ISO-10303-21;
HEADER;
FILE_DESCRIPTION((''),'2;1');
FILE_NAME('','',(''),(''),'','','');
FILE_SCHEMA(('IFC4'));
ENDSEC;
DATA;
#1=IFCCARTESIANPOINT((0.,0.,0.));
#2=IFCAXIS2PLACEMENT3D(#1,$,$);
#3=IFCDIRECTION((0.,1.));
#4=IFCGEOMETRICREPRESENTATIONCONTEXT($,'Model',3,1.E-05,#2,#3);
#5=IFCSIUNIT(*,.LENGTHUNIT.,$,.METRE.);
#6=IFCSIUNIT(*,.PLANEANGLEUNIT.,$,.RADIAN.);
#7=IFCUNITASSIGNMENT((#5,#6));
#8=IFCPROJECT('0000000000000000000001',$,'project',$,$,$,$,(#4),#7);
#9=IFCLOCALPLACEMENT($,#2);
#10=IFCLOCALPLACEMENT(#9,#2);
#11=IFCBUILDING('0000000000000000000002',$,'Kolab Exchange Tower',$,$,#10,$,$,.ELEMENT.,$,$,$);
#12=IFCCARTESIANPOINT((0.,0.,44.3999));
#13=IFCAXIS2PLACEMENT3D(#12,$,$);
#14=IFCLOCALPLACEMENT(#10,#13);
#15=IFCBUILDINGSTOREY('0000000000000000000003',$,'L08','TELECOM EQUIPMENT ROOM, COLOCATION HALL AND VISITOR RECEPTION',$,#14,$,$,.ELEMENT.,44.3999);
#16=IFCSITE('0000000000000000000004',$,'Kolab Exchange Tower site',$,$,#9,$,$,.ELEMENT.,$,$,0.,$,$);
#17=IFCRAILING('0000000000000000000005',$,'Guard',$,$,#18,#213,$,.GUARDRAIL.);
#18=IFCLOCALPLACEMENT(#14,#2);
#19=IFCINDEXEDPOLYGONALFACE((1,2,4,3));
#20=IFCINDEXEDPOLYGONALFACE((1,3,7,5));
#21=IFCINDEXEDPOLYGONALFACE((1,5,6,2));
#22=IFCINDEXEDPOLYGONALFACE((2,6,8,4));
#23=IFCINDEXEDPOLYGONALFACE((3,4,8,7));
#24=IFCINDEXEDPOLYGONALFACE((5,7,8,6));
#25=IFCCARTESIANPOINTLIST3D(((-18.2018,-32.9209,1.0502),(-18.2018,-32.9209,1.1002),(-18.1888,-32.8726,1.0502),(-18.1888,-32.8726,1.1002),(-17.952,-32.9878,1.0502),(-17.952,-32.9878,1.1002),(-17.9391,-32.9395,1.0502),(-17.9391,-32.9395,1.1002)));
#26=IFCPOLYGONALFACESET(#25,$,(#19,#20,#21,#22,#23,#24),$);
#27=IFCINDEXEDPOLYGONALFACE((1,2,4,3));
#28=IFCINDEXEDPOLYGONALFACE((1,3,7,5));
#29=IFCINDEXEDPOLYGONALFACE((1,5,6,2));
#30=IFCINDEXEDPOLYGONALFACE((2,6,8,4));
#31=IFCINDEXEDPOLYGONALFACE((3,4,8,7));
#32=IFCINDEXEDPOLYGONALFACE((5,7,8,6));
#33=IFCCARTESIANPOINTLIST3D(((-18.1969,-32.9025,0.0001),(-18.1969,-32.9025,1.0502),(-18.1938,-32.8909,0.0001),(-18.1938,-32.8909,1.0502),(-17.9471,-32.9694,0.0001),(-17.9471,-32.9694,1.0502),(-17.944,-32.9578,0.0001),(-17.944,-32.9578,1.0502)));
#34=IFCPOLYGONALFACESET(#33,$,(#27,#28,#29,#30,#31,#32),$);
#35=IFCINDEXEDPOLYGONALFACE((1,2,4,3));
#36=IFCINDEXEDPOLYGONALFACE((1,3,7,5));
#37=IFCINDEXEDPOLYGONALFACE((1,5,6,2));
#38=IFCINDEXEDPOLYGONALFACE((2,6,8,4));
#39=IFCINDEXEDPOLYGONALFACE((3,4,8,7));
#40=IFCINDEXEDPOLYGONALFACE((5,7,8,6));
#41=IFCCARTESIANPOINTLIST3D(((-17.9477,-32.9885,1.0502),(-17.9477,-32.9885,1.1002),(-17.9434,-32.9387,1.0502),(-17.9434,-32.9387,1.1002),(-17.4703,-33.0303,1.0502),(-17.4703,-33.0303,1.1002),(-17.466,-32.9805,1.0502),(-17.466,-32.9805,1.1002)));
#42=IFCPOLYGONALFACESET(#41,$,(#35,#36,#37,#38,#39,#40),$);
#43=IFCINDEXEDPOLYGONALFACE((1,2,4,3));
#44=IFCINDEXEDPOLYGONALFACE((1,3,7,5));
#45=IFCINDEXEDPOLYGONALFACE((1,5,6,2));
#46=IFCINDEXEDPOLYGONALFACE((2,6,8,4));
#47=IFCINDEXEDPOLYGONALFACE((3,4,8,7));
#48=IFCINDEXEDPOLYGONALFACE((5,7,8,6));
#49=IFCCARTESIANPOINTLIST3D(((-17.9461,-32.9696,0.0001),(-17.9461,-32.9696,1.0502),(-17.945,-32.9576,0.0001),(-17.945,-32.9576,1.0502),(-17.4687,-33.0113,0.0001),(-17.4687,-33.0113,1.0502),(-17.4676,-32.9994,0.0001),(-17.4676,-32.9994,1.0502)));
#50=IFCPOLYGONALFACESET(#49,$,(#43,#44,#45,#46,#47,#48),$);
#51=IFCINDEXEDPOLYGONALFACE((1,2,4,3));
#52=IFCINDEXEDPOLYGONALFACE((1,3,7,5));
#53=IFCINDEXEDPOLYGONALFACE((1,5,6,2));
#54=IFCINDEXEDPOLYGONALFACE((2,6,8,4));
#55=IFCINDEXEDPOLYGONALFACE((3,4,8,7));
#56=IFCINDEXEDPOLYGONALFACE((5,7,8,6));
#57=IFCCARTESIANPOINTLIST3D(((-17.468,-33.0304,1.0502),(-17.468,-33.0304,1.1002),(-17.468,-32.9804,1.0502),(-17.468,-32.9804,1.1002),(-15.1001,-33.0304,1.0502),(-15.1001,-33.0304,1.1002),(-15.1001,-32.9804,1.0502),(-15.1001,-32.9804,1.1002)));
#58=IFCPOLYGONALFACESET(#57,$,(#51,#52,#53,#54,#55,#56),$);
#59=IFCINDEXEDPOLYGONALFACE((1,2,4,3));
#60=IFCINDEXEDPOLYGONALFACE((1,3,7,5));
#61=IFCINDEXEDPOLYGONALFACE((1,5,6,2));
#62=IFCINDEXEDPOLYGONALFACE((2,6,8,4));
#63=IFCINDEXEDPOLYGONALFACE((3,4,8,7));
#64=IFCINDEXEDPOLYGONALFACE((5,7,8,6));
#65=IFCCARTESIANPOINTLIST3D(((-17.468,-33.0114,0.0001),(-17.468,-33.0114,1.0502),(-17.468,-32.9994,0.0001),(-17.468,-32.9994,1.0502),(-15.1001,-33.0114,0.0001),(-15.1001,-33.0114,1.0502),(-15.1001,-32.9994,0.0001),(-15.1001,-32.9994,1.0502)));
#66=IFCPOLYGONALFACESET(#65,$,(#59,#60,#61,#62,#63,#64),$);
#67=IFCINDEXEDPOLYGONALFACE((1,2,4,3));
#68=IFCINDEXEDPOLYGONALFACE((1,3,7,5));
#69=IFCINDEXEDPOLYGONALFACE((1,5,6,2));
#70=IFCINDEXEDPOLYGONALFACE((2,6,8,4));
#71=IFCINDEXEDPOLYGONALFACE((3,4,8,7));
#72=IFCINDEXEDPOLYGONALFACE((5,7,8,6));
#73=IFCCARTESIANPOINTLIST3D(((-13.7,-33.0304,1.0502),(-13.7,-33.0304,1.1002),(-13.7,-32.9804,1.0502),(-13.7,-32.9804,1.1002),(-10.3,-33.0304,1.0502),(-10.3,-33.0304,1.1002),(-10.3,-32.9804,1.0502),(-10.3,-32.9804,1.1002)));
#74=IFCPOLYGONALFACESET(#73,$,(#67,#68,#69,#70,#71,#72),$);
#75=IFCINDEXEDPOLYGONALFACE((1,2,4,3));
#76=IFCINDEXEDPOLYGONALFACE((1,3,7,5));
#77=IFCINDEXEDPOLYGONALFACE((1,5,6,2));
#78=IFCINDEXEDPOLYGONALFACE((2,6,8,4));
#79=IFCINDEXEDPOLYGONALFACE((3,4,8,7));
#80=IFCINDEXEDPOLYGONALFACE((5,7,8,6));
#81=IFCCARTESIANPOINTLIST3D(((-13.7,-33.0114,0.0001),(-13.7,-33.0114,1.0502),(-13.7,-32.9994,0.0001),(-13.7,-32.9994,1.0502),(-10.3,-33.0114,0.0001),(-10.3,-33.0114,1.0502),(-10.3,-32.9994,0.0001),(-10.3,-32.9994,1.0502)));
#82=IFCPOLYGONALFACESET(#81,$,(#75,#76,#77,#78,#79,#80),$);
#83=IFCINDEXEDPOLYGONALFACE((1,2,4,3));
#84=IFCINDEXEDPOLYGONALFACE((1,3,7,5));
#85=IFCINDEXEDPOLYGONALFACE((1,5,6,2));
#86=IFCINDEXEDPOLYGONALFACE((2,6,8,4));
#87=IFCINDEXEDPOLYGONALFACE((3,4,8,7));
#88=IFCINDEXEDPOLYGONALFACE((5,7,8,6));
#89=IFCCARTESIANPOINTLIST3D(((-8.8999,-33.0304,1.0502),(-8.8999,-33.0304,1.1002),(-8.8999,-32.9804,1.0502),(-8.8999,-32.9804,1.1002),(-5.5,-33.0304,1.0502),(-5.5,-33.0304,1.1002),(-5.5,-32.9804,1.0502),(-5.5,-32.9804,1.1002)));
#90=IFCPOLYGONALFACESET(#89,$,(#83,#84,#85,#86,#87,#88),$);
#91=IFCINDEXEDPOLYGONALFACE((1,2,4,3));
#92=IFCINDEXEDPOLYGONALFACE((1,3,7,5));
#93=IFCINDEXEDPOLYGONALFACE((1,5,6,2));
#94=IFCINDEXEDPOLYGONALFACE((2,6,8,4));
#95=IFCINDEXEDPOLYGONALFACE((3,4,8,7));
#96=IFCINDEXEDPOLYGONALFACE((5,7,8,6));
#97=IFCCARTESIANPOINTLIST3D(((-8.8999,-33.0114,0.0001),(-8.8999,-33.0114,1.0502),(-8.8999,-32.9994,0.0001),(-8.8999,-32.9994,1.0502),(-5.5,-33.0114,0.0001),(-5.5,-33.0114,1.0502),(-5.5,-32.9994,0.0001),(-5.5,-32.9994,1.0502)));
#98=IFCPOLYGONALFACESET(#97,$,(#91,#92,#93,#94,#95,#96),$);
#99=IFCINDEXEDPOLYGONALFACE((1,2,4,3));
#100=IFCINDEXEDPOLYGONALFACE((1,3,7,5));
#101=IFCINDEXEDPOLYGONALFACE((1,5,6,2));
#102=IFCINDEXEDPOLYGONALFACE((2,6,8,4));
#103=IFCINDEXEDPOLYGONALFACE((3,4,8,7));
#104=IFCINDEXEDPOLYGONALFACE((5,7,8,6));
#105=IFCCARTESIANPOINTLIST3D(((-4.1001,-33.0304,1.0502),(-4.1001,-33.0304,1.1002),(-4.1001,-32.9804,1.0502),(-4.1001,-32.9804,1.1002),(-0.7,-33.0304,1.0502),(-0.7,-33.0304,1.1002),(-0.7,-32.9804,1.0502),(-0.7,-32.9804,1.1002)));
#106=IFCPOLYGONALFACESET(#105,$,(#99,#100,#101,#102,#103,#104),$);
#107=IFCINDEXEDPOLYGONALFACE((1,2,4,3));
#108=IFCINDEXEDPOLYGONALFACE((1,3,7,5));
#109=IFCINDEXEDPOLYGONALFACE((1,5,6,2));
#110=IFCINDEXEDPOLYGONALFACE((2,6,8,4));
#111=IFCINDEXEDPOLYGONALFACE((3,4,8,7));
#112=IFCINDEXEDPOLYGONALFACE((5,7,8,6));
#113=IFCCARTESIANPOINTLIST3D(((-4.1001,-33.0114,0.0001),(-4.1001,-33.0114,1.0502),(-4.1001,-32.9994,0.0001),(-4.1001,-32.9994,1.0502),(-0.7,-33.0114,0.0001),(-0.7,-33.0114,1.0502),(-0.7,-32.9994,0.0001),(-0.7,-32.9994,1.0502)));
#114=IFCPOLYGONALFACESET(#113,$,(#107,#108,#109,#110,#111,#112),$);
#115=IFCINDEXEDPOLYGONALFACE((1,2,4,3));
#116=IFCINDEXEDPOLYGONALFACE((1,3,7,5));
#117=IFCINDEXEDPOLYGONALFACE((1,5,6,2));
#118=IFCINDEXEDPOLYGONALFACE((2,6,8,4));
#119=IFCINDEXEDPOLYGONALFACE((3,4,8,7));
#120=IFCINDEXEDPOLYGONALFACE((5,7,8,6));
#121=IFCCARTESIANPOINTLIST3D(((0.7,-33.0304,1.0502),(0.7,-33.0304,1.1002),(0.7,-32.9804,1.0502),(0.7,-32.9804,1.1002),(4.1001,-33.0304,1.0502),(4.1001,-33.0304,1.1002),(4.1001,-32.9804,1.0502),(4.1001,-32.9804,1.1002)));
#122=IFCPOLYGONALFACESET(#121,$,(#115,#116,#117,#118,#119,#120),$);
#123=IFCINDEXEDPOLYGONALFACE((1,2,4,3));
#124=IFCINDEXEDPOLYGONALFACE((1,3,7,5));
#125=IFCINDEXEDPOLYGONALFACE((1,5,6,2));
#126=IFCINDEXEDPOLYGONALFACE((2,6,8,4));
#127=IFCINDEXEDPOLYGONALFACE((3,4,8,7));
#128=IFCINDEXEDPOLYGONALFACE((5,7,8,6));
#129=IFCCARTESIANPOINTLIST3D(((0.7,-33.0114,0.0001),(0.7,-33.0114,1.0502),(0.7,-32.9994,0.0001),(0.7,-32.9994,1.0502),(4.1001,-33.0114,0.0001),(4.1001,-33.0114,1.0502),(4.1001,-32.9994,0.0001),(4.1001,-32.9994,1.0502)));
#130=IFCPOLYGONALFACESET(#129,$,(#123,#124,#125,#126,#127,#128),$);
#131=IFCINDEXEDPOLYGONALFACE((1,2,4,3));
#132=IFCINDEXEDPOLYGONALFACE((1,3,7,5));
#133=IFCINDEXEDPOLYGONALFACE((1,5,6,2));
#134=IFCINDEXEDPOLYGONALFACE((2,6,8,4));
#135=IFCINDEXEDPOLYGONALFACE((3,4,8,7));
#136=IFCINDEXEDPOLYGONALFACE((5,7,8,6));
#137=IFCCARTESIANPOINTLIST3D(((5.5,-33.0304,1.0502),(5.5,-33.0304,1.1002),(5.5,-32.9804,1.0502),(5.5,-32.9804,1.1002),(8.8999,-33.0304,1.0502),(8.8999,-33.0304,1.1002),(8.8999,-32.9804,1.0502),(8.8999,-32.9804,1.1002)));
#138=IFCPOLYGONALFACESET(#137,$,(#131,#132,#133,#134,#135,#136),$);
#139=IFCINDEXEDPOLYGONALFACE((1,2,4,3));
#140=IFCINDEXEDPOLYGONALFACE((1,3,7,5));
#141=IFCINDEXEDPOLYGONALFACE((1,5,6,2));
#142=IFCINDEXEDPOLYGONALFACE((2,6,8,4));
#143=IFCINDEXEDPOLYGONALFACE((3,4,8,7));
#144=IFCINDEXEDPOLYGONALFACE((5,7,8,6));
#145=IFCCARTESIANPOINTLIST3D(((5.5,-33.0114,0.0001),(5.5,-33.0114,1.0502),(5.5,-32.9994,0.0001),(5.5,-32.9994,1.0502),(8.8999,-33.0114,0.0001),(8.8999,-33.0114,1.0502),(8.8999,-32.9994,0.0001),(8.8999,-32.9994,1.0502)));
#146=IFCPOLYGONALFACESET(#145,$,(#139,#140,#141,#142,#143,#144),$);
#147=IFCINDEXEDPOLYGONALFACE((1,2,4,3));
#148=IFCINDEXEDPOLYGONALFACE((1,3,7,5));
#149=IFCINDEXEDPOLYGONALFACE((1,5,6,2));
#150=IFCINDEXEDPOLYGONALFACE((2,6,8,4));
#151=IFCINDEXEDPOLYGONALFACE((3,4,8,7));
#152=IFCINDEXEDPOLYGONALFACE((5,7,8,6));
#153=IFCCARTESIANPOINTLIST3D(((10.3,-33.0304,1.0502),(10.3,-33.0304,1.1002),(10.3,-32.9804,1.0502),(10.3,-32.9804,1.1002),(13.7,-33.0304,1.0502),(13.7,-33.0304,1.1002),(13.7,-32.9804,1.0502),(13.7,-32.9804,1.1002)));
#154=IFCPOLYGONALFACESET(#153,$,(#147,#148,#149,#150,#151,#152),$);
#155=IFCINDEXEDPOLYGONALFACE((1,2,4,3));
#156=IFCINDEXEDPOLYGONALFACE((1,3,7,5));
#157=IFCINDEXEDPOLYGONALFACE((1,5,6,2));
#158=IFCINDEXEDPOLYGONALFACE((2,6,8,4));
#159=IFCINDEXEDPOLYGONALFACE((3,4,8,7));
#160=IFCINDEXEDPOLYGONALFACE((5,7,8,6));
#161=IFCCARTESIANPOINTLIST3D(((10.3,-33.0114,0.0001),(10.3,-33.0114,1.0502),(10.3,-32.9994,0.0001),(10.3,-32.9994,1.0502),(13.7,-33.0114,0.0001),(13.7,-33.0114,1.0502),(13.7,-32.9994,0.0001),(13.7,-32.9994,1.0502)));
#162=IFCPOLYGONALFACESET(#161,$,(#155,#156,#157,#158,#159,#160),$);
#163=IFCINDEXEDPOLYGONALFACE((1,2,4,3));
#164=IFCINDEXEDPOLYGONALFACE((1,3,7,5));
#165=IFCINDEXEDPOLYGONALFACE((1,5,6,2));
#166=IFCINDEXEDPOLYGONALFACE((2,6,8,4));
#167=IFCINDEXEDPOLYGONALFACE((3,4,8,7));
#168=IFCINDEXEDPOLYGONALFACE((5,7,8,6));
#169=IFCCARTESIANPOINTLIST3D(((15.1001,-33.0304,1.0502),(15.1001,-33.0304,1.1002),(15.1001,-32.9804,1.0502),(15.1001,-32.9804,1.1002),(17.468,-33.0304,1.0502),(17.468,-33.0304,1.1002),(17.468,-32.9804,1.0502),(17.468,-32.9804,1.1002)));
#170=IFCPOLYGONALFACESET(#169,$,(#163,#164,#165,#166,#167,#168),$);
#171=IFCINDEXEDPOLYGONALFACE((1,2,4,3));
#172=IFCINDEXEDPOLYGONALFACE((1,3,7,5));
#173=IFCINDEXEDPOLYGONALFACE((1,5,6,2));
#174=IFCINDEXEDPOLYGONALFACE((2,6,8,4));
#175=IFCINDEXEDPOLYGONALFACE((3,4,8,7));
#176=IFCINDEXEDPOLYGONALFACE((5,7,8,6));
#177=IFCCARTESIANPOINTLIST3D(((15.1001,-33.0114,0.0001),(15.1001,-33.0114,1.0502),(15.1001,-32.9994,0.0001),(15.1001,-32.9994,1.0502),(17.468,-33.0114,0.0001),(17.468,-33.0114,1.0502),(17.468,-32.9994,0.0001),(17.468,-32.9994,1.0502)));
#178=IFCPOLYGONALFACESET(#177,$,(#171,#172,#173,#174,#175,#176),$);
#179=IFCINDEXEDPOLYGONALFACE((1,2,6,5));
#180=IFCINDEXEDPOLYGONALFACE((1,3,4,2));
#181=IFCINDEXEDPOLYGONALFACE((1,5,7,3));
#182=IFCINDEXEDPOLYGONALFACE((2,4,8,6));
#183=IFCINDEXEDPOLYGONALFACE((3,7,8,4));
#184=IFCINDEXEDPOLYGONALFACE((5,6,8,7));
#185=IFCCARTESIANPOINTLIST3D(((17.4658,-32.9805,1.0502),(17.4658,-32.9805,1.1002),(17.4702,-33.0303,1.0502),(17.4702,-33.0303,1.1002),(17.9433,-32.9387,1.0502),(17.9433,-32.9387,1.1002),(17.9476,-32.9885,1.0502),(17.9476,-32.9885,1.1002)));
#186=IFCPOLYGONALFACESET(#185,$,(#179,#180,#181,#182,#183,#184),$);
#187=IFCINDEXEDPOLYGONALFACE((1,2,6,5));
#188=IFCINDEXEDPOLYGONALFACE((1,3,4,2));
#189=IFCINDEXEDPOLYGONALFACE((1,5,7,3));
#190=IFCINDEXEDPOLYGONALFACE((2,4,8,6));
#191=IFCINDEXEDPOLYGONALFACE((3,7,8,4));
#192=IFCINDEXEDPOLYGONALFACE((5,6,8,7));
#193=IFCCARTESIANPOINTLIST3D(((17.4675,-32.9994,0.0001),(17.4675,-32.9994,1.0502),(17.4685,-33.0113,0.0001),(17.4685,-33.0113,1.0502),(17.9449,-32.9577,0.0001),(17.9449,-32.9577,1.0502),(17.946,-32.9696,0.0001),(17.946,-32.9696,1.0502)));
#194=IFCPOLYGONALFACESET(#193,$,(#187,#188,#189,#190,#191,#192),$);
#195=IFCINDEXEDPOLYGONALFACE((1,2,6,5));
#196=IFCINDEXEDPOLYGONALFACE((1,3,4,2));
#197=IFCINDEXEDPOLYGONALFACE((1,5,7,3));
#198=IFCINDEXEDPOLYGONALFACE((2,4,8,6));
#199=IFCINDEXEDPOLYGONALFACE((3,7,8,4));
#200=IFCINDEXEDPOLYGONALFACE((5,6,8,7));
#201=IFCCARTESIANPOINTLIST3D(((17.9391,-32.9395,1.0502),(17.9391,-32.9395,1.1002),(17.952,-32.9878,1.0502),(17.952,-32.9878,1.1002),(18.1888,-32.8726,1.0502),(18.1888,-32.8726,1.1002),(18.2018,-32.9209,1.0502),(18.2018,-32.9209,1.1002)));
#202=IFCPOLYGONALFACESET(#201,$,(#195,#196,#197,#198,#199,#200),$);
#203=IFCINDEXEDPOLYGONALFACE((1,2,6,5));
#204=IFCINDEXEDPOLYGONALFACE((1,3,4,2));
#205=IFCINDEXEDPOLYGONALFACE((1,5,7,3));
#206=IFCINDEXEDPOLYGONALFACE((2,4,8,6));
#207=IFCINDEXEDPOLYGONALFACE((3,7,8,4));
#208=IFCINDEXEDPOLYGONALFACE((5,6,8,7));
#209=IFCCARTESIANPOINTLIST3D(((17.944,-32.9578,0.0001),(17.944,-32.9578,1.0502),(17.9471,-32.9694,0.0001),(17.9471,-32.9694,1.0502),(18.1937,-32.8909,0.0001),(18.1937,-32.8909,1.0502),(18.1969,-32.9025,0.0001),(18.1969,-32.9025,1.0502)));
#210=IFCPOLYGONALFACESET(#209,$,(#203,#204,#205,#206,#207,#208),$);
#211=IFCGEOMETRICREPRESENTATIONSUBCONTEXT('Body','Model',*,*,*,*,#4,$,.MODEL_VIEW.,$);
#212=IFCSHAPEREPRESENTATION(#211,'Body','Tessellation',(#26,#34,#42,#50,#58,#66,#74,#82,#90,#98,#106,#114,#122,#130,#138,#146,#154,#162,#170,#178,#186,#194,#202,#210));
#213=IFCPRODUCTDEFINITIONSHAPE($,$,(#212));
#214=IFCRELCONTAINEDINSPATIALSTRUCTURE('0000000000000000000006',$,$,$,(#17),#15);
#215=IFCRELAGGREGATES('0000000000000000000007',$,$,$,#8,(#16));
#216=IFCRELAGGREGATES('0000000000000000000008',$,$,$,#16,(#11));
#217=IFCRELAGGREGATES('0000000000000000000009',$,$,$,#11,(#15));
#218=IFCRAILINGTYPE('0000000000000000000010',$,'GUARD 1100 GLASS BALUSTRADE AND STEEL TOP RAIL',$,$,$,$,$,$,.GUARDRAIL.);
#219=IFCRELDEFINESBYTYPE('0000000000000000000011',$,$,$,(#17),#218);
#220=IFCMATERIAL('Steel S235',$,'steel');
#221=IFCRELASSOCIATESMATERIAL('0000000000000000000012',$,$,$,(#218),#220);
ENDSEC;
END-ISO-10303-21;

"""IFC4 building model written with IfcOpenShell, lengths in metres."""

from ifc_helpers import new_model, si_unit, direction, frame, frame_2d, origin, origin_2d, place, context, subcontext, project, spatial, rectangle, extrude, material, type_object, element, save


model = new_model("IFC4")

# Units and contexts
model_context = context("Model", 3, precision=1e-05, world=origin(), true_north=direction((0.0, 1.0)))
body_context = subcontext(model_context, "Body", "Model", "MODEL_VIEW")
ifc_project = project(units=[si_unit("LENGTHUNIT", "METRE"), si_unit("PLANEANGLEUNIT", "RADIAN")], contexts=[model_context])

# Site, building, storey
site_placement = place(None, origin())
site = spatial("IfcSite", under=ifc_project, at=site_placement, Name="Kolab Exchange Tower site", CompositionType="ELEMENT", RefElevation=0.0)
building_placement = place(site_placement, origin())
building = spatial("IfcBuilding", under=site, at=building_placement, Name="Kolab Exchange Tower", CompositionType="ELEMENT")
storey_placement = place(building_placement, frame((0.0, 0.0, 44.3999)))
storey = spatial("IfcBuildingStorey", under=building, at=storey_placement, Name="L08", Description="TELECOM EQUIPMENT ROOM, COLOCATION HALL AND VISITOR RECEPTION", CompositionType="ELEMENT", Elevation=44.3999)

# Railing
ifc_material_1 = material(Name="Steel S235", Category="steel")
railing_type = type_object("IfcRailingType", Name="GUARD 1100 GLASS BALUSTRADE AND STEEL TOP RAIL", PredefinedType="GUARDRAIL", material=ifc_material_1)
railing_placement = place(storey_placement, frame((-18.1953, -32.8967, 0.0)))
element("IfcRailing", 1, at=railing_placement, inside=storey, type_object=railing_type, Name="Guard", PredefinedType="GUARDRAIL", context=body_context, shape_type="SweptSolid", body=[
    extrude(rectangle(XDim=0.05, YDim=0.05, at=origin_2d()), frame((0.0, 0.0, 1.0752), z_axis=(0.965952, -0.25872, 0.0), x_axis=(0.25872, 0.965952, 0.0)), (0.0, 0.0, 1.0), 0.2585),
    extrude(rectangle(XDim=0.012, YDim=1.0501, at=frame_2d((0.0, 0.5251))), frame((0.0, 0.0, 0.0), z_axis=(0.965952, -0.25872, 0.0), x_axis=(0.25872, 0.965952, 0.0)), (0.0, 0.0, 1.0), 0.2585),
    extrude(rectangle(XDim=0.05, YDim=0.05, at=origin_2d()), frame((0.2498, -0.0669, 1.0752), z_axis=(0.9962, -0.087091, 0.0), x_axis=(0.087091, 0.9962, 0.0)), (0.0, 0.0, 1.0), 0.4792),
    extrude(rectangle(XDim=0.012, YDim=1.0501, at=frame_2d((0.0, 0.5251))), frame((0.2498, -0.0669, 0.0), z_axis=(0.9962, -0.087091, 0.0), x_axis=(0.087091, 0.9962, 0.0)), (0.0, 0.0, 1.0), 0.4792),
    extrude(rectangle(XDim=0.05, YDim=0.05, at=origin_2d()), frame((0.7273, -0.1086, 1.0752), z_axis=(1.0, 0.0, 0.0), x_axis=(0.0, 1.0, 0.0)), (0.0, 0.0, 1.0), 2.3679),
    extrude(rectangle(XDim=0.012, YDim=1.0501, at=frame_2d((0.0, 0.5251))), frame((0.7273, -0.1086, 0.0), z_axis=(1.0, 0.0, 0.0), x_axis=(0.0, 1.0, 0.0)), (0.0, 0.0, 1.0), 2.3679),
    extrude(rectangle(XDim=0.05, YDim=0.05, at=origin_2d()), frame((4.4954, -0.1086, 1.0752), z_axis=(1.0, 0.0, 0.0), x_axis=(0.0, 1.0, 0.0)), (0.0, 0.0, 1.0), 3.3999),
    extrude(rectangle(XDim=0.012, YDim=1.0501, at=frame_2d((0.0, 0.5251))), frame((4.4954, -0.1086, 0.0), z_axis=(1.0, 0.0, 0.0), x_axis=(0.0, 1.0, 0.0)), (0.0, 0.0, 1.0), 3.3999),
    extrude(rectangle(XDim=0.05, YDim=0.05, at=origin_2d()), frame((9.2954, -0.1086, 1.0752), z_axis=(1.0, 0.0, 0.0), x_axis=(0.0, 1.0, 0.0)), (0.0, 0.0, 1.0), 3.3999),
    extrude(rectangle(XDim=0.012, YDim=1.0501, at=frame_2d((0.0, 0.5251))), frame((9.2954, -0.1086, 0.0), z_axis=(1.0, 0.0, 0.0), x_axis=(0.0, 1.0, 0.0)), (0.0, 0.0, 1.0), 3.3999),
    extrude(rectangle(XDim=0.05, YDim=0.05, at=origin_2d()), frame((14.0952, -0.1086, 1.0752), z_axis=(1.0, 0.0, 0.0), x_axis=(0.0, 1.0, 0.0)), (0.0, 0.0, 1.0), 3.4001),
    extrude(rectangle(XDim=0.012, YDim=1.0501, at=frame_2d((0.0, 0.5251))), frame((14.0952, -0.1086, 0.0), z_axis=(1.0, 0.0, 0.0), x_axis=(0.0, 1.0, 0.0)), (0.0, 0.0, 1.0), 3.4001),
    extrude(rectangle(XDim=0.05, YDim=0.05, at=origin_2d()), frame((18.8953, -0.1086, 1.0752), z_axis=(1.0, 0.0, 0.0), x_axis=(0.0, 1.0, 0.0)), (0.0, 0.0, 1.0), 3.4001),
    extrude(rectangle(XDim=0.012, YDim=1.0501, at=frame_2d((0.0, 0.5251))), frame((18.8953, -0.1086, 0.0), z_axis=(1.0, 0.0, 0.0), x_axis=(0.0, 1.0, 0.0)), (0.0, 0.0, 1.0), 3.4001),
    extrude(rectangle(XDim=0.05, YDim=0.05, at=origin_2d()), frame((23.6953, -0.1086, 1.0752), z_axis=(1.0, 0.0, 0.0), x_axis=(0.0, 1.0, 0.0)), (0.0, 0.0, 1.0), 3.3999),
    extrude(rectangle(XDim=0.012, YDim=1.0501, at=frame_2d((0.0, 0.5251))), frame((23.6953, -0.1086, 0.0), z_axis=(1.0, 0.0, 0.0), x_axis=(0.0, 1.0, 0.0)), (0.0, 0.0, 1.0), 3.3999),
    extrude(rectangle(XDim=0.05, YDim=0.05, at=origin_2d()), frame((28.4954, -0.1086, 1.0752), z_axis=(1.0, 0.0, 0.0), x_axis=(0.0, 1.0, 0.0)), (0.0, 0.0, 1.0), 3.3999),
    extrude(rectangle(XDim=0.012, YDim=1.0501, at=frame_2d((0.0, 0.5251))), frame((28.4954, -0.1086, 0.0), z_axis=(1.0, 0.0, 0.0), x_axis=(0.0, 1.0, 0.0)), (0.0, 0.0, 1.0), 3.3999),
    extrude(rectangle(XDim=0.05, YDim=0.05, at=origin_2d()), frame((33.2954, -0.1086, 1.0752), z_axis=(1.0, 0.0, 0.0), x_axis=(0.0, 1.0, 0.0)), (0.0, 0.0, 1.0), 2.3679),
    extrude(rectangle(XDim=0.012, YDim=1.0501, at=frame_2d((0.0, 0.5251))), frame((33.2954, -0.1086, 0.0), z_axis=(1.0, 0.0, 0.0), x_axis=(0.0, 1.0, 0.0)), (0.0, 0.0, 1.0), 2.3679),
    extrude(rectangle(XDim=0.05, YDim=0.05, at=origin_2d()), frame((35.6633, -0.1086, 1.0752), z_axis=(0.9962, 0.087091, 0.0), x_axis=(-0.087091, 0.9962, 0.0)), (0.0, 0.0, 1.0), 0.4792),
    extrude(rectangle(XDim=0.012, YDim=1.0501, at=frame_2d((0.0, 0.5251))), frame((35.6633, -0.1086, 0.0), z_axis=(0.9962, 0.087091, 0.0), x_axis=(-0.087091, 0.9962, 0.0)), (0.0, 0.0, 1.0), 0.4792),
    extrude(rectangle(XDim=0.05, YDim=0.05, at=origin_2d()), frame((36.1409, -0.0669, 1.0752), z_axis=(0.965952, 0.25872, 0.0), x_axis=(-0.25872, 0.965952, 0.0)), (0.0, 0.0, 1.0), 0.2585),
    extrude(rectangle(XDim=0.012, YDim=1.0501, at=frame_2d((0.0, 0.5251))), frame((36.1409, -0.0669, 0.0), z_axis=(0.965952, 0.25872, 0.0), x_axis=(-0.25872, 0.965952, 0.0)), (0.0, 0.0, 1.0), 0.2585),
])

save(model, "model.ifc")
